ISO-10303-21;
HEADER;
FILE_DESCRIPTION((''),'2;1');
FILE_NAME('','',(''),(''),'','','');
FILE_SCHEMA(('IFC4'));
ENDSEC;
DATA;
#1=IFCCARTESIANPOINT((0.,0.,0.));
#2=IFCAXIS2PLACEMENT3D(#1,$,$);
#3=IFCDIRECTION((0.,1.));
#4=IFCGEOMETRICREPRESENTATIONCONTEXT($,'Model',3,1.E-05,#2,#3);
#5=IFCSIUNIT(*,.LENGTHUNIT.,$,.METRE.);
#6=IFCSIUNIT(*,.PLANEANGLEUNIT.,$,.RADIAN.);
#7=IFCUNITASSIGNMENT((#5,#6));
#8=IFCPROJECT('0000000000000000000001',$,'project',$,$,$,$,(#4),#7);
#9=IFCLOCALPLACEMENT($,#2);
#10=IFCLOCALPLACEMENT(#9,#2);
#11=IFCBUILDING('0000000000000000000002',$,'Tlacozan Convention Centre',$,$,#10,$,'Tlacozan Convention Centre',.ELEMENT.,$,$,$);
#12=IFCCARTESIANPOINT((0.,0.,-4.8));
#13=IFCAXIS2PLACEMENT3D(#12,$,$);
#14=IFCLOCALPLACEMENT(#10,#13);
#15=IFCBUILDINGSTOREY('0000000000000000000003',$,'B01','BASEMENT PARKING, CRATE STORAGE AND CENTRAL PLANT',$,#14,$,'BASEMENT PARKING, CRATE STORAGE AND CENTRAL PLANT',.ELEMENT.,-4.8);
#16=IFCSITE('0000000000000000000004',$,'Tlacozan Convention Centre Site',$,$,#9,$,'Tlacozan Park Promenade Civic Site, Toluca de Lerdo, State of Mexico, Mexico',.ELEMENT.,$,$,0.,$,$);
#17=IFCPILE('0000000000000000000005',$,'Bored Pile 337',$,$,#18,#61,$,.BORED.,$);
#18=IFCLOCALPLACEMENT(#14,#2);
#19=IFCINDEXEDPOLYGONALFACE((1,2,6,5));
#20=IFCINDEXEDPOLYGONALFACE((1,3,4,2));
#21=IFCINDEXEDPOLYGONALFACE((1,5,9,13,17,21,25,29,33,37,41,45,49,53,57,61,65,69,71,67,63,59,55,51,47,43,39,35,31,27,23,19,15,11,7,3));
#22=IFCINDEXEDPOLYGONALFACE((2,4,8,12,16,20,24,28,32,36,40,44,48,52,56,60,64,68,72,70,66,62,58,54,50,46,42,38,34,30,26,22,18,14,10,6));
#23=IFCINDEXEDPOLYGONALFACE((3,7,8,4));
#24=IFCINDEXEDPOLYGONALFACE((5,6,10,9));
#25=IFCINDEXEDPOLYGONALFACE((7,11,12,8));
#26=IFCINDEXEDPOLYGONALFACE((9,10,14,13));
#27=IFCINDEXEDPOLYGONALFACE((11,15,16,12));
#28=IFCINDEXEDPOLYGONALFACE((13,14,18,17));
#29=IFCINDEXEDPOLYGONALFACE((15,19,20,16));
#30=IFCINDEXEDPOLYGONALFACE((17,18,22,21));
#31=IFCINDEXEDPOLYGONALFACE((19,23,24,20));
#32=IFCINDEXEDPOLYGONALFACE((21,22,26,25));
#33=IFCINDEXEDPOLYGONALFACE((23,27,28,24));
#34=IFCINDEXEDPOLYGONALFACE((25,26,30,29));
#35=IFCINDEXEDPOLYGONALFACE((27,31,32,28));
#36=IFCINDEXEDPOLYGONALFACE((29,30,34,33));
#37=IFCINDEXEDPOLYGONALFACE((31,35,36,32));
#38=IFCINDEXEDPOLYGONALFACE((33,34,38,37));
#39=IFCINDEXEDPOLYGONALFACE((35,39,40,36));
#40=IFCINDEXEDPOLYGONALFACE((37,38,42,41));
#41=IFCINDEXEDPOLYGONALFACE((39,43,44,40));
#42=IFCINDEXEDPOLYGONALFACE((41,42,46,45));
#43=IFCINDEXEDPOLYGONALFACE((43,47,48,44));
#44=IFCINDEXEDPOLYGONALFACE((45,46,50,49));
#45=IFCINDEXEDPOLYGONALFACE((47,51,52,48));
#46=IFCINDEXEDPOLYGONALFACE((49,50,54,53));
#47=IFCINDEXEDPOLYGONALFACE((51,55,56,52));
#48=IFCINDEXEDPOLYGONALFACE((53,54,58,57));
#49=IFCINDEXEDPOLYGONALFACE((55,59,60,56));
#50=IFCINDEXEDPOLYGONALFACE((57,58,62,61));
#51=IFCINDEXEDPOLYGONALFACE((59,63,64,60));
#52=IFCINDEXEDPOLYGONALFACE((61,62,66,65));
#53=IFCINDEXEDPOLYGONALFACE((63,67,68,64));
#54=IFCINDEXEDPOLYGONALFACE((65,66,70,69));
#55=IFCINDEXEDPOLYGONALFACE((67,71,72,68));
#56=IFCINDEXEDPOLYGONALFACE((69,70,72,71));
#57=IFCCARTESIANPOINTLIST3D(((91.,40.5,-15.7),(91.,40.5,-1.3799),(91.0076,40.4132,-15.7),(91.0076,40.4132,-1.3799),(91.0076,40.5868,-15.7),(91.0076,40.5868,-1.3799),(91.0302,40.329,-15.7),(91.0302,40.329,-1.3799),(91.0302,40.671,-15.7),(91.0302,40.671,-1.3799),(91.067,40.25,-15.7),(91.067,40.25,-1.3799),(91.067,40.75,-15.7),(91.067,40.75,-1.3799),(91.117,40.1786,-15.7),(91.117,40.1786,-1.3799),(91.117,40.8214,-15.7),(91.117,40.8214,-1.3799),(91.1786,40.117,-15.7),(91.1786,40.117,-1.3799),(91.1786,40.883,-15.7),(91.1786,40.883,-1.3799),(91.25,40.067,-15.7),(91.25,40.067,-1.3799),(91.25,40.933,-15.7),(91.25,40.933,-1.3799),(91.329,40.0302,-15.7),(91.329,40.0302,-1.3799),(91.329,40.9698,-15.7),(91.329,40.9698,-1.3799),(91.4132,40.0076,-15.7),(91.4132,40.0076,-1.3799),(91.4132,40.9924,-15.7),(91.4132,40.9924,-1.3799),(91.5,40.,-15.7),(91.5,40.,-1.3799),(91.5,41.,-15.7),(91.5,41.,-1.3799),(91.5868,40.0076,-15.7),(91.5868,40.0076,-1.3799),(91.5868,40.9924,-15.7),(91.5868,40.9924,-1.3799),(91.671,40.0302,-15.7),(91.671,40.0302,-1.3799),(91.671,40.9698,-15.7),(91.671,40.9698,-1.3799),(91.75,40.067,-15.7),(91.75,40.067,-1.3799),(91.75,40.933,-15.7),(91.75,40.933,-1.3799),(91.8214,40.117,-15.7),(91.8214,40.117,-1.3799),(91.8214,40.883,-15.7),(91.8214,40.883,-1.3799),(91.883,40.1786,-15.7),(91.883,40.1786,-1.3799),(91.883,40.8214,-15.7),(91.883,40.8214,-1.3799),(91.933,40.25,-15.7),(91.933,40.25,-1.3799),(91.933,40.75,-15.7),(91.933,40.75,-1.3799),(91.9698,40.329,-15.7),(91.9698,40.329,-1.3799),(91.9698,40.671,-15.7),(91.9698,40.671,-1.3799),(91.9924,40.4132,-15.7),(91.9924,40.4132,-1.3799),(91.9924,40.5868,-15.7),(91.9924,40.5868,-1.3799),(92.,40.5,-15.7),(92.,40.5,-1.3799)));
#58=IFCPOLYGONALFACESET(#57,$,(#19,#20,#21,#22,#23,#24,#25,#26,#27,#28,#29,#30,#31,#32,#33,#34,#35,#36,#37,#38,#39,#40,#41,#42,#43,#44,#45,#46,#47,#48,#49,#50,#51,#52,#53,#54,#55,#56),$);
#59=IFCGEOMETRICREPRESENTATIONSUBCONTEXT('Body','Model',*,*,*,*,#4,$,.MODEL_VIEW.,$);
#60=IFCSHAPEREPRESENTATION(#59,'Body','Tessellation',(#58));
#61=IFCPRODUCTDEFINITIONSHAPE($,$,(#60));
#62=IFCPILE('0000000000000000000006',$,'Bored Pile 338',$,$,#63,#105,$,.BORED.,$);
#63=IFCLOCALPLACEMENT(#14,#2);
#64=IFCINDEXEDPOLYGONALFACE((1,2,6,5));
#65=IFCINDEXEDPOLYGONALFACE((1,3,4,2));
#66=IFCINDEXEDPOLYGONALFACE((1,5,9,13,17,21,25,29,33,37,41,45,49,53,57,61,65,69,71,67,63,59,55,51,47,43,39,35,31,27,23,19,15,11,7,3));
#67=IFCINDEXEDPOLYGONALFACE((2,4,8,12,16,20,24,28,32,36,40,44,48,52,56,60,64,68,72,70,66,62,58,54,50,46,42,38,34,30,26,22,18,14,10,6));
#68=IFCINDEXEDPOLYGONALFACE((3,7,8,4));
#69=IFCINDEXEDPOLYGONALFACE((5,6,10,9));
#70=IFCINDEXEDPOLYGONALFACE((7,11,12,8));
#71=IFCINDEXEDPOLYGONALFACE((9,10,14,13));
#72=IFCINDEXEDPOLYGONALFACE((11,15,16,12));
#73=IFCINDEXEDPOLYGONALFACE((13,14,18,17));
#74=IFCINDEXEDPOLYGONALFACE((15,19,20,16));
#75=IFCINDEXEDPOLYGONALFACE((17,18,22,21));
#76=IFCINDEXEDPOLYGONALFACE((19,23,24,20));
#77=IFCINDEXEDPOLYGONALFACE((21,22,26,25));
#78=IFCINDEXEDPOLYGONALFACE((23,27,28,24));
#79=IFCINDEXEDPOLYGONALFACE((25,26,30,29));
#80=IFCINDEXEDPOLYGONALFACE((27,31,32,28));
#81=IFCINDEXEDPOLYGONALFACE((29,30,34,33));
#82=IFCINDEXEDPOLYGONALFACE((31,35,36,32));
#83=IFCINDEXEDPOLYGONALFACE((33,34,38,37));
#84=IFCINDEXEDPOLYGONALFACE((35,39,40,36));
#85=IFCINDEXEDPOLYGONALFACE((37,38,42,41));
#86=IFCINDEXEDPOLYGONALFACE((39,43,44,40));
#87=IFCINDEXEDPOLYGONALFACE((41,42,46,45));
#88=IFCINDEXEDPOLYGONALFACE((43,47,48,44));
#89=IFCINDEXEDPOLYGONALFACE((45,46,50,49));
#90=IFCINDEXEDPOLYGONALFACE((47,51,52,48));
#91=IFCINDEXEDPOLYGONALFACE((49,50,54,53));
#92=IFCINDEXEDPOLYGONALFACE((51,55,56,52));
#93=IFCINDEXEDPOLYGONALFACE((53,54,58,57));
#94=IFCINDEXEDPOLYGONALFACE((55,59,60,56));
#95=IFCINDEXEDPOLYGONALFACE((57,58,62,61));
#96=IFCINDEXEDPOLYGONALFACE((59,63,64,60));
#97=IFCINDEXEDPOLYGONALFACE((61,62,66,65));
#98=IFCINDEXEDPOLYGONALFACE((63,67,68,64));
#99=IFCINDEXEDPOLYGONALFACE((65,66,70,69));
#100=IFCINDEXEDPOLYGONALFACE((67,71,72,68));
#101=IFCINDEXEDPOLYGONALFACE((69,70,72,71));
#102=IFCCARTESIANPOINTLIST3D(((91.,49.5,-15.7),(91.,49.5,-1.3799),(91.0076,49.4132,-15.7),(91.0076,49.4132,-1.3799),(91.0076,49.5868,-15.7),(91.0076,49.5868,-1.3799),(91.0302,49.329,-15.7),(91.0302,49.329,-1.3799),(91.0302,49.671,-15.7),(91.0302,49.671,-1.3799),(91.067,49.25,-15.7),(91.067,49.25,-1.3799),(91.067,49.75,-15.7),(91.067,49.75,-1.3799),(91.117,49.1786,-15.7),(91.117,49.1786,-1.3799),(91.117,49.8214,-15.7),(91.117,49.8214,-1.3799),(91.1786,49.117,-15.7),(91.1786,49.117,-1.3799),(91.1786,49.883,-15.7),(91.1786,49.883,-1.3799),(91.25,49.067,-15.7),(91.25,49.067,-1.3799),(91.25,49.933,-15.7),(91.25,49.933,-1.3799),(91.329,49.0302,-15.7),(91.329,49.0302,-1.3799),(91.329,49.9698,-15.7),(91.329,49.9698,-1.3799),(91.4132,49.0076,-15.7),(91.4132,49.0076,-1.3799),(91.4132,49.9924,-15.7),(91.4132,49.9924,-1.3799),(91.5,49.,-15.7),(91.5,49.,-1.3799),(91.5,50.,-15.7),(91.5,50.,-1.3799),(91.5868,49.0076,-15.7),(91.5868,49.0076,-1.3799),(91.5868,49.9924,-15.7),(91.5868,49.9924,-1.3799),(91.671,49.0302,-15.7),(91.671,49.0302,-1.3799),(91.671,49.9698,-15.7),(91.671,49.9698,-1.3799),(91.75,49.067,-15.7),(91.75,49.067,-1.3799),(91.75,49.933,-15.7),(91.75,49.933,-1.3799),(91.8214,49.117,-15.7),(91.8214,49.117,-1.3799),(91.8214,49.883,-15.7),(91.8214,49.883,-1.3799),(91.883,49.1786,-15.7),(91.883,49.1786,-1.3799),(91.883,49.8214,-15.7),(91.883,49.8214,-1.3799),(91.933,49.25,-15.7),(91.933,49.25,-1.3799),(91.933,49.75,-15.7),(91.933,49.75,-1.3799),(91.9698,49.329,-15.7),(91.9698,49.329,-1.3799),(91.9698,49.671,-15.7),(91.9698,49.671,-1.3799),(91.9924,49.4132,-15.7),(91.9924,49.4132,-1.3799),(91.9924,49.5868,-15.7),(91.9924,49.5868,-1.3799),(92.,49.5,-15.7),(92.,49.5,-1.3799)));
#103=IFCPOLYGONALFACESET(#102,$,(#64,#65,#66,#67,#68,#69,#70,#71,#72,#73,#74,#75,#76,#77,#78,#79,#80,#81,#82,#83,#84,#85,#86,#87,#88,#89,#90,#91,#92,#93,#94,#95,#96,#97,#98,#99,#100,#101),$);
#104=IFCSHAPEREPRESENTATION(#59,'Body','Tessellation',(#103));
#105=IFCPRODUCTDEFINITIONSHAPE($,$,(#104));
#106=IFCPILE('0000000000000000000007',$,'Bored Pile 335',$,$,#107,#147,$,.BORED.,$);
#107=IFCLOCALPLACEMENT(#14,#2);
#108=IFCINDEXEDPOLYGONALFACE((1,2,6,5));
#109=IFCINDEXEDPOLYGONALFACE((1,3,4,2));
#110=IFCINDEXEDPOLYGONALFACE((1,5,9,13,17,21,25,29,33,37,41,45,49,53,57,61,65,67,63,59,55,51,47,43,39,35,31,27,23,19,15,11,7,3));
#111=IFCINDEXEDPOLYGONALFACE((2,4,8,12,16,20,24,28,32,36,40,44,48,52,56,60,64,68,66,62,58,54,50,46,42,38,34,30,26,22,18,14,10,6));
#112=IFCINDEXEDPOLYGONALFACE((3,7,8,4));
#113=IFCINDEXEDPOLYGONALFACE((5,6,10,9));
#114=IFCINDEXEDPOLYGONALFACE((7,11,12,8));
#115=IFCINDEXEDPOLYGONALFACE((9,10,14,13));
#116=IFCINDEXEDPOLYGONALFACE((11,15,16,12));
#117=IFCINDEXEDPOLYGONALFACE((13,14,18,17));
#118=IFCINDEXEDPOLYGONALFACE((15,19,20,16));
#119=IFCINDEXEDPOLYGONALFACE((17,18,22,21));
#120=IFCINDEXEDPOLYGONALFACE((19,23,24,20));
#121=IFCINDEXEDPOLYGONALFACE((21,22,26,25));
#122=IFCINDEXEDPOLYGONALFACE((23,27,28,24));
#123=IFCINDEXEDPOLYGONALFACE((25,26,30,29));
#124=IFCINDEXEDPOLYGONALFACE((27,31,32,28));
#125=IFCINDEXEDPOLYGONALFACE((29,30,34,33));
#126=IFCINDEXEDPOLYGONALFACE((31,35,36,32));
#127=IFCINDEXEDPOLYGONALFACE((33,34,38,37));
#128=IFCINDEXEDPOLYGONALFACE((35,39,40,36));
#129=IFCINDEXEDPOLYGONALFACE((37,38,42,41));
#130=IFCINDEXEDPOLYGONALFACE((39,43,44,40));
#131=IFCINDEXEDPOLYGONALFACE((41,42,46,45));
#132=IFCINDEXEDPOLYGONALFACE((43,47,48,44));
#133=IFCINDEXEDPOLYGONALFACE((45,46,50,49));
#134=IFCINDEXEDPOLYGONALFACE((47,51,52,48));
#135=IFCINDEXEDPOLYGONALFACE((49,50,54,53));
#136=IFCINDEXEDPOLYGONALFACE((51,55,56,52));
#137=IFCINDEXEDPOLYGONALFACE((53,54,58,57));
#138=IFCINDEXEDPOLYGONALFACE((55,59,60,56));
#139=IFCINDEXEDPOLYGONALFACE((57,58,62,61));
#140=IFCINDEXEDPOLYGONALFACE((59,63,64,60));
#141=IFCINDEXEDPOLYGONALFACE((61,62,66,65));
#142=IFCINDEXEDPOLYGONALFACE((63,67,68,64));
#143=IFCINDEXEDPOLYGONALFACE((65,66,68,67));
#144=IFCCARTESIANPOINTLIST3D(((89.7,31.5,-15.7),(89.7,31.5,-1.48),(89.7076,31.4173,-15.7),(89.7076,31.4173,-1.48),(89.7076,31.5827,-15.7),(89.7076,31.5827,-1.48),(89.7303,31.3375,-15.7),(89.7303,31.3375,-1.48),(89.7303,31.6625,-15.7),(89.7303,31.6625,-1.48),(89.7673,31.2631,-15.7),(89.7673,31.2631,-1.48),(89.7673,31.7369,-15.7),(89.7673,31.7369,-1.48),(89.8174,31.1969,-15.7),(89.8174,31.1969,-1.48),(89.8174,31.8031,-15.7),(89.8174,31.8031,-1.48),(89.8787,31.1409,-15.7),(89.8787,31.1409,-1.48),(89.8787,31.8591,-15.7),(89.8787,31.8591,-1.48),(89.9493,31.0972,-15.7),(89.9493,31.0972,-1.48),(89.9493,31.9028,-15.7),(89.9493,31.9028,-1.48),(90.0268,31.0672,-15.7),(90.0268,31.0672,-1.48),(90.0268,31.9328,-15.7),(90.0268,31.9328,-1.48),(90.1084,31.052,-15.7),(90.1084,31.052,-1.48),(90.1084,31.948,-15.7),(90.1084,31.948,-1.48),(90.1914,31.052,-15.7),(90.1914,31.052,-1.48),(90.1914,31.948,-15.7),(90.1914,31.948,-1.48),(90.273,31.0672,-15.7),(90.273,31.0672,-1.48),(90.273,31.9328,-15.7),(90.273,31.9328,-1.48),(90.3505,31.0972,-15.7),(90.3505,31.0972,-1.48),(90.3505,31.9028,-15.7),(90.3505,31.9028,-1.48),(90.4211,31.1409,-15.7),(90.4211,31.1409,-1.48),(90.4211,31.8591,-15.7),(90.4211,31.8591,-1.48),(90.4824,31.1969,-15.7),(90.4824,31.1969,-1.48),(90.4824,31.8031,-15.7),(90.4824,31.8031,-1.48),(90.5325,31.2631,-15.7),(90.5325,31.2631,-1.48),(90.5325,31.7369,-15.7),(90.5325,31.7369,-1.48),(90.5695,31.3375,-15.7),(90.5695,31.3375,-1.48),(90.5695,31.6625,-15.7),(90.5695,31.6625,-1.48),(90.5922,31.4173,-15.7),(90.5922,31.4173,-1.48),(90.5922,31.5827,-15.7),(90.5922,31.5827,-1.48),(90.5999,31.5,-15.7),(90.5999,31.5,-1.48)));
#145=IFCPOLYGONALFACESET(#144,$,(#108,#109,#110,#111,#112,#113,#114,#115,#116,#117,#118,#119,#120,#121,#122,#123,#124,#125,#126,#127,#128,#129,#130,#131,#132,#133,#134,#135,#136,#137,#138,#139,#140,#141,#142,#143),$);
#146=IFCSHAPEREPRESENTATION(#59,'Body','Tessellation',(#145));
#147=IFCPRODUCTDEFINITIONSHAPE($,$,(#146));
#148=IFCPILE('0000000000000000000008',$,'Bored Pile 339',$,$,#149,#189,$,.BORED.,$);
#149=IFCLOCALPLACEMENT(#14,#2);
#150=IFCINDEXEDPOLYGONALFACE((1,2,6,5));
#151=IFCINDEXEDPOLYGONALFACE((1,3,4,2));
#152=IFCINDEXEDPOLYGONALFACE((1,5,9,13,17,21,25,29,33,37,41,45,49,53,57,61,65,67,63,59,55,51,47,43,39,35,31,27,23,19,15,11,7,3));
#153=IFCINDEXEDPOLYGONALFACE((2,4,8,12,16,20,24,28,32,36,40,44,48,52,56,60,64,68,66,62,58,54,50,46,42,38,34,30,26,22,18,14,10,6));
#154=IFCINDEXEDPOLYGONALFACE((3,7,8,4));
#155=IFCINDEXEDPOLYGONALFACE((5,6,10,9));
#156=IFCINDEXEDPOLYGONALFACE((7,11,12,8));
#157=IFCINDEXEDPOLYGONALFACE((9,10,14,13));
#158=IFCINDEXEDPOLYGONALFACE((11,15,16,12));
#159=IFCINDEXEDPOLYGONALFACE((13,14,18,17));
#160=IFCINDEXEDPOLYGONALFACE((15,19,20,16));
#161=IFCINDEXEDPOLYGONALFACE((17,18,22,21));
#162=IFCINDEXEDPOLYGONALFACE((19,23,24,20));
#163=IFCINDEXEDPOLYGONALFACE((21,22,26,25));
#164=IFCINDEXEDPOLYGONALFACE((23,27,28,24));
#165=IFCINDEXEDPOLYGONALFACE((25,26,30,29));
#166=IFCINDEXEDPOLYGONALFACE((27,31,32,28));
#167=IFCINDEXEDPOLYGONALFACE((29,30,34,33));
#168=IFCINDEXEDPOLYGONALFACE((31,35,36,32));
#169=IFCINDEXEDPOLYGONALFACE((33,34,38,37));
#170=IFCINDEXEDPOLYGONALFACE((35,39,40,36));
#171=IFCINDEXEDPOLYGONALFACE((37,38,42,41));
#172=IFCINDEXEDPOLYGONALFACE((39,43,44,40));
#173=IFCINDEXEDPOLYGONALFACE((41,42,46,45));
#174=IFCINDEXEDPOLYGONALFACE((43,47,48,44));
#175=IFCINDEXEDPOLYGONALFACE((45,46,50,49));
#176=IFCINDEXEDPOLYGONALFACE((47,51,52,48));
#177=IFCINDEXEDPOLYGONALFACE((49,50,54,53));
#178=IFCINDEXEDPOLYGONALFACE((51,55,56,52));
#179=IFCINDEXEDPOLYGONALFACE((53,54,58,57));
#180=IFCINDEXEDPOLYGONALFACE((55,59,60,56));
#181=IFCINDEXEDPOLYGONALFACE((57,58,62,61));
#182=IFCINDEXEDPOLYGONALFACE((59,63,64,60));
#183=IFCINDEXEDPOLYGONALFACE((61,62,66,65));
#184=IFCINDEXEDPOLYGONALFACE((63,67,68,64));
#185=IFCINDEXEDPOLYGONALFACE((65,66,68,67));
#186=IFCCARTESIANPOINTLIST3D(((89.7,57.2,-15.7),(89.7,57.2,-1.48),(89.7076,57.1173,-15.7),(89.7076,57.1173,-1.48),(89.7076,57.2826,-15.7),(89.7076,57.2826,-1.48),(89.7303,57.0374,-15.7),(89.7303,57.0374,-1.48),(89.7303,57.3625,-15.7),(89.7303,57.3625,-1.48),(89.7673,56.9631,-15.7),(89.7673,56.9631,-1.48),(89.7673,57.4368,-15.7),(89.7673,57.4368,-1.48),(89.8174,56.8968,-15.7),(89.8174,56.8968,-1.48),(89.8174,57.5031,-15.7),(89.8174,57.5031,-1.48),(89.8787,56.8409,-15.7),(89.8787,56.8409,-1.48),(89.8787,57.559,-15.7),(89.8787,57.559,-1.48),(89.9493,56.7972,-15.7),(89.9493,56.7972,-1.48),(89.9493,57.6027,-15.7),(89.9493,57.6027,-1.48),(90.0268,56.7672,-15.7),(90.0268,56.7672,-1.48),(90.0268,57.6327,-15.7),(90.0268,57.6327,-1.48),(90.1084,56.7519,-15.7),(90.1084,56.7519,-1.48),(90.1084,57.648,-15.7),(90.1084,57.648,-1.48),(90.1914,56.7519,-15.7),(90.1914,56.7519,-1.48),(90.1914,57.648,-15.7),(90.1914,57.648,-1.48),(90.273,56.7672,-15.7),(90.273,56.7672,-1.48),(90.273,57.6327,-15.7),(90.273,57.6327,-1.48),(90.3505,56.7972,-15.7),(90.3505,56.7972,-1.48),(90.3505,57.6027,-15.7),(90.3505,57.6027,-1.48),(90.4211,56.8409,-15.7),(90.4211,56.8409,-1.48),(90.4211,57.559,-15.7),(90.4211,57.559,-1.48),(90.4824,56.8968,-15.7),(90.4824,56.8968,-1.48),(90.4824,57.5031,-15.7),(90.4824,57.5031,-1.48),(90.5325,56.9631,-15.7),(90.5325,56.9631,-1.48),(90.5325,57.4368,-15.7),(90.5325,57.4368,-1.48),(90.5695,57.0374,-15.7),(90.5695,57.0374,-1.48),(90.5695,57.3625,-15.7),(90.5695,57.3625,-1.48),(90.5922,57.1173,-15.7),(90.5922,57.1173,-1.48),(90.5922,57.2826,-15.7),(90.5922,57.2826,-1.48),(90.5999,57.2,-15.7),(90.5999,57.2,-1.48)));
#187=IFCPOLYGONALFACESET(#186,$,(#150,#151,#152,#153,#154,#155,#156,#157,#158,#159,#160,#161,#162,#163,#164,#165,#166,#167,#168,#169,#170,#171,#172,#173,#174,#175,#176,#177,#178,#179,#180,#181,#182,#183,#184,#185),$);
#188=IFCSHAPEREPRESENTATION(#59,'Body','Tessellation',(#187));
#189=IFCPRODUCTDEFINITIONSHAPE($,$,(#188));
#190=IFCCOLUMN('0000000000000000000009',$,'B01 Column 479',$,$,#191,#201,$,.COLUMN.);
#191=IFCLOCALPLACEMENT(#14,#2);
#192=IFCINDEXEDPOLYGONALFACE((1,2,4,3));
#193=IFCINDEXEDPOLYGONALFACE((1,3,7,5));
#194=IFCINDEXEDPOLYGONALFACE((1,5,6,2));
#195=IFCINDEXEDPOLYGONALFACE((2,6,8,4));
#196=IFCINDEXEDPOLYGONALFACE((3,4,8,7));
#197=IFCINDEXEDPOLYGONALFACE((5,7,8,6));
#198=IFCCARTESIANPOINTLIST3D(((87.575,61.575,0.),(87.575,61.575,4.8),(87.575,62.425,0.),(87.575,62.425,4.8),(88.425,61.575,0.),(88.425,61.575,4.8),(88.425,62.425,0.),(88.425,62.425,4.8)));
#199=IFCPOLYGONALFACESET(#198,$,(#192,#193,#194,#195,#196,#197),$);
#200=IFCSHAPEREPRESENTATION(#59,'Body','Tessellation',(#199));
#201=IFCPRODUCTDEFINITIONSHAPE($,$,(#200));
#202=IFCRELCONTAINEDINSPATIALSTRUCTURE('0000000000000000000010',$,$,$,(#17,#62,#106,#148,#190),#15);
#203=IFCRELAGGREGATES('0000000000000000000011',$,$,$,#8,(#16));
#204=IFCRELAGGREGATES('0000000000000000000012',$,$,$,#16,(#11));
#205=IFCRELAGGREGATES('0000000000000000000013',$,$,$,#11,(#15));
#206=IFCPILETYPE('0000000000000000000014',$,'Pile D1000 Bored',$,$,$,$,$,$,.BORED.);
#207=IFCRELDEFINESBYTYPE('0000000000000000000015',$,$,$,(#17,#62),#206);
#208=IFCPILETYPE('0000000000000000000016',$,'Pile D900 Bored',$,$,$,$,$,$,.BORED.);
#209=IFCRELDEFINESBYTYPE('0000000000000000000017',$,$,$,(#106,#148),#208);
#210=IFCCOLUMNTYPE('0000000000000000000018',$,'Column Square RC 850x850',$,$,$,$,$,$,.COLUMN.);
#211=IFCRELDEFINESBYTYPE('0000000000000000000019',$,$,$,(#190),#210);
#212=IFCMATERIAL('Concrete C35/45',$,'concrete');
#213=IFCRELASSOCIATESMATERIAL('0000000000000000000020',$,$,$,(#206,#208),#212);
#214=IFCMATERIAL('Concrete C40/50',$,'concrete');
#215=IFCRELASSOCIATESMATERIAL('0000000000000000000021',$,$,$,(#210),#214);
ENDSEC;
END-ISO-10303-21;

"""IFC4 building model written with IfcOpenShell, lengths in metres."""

from ifc_helpers import new_model, si_unit, direction, frame, origin, origin_2d, place, context, subcontext, project, spatial, rectangle, circle, extrude, material, material_profile, profile_set, type_object, element, save


model = new_model("IFC4")

# Units and contexts
model_context = context("Model", 3, precision=1e-05, world=origin(), true_north=direction((0.0, 1.0)))
body_context = subcontext(model_context, "Body", "Model", "MODEL_VIEW")
ifc_project = project(units=[si_unit("LENGTHUNIT", "METRE"), si_unit("PLANEANGLEUNIT", "RADIAN")], contexts=[model_context])

# Site, building, storey
site_placement = place(None, origin())
site = spatial("IfcSite", under=ifc_project, at=site_placement, Name="Tlacozan Convention Centre Site", LongName="Tlacozan Park Promenade Civic Site, Toluca de Lerdo, State of Mexico, Mexico", CompositionType="ELEMENT", RefElevation=0.0)
building_placement = place(site_placement, origin())
building = spatial("IfcBuilding", under=site, at=building_placement, Name="Tlacozan Convention Centre", LongName="Tlacozan Convention Centre", CompositionType="ELEMENT")
storey_placement = place(building_placement, frame((0.0, 0.0, -4.8)))
storey = spatial("IfcBuildingStorey", under=building, at=storey_placement, Name="B01", Description="BASEMENT PARKING, CRATE STORAGE AND CENTRAL PLANT", LongName="BASEMENT PARKING, CRATE STORAGE AND CENTRAL PLANT", CompositionType="ELEMENT", Elevation=-4.8)

# Shared definitions
ifc_material_1 = material(Name="Concrete C35/45", Category="concrete")

# Piles
ifc_material_profile_1 = material_profile(ifc_material_1, circle(Radius=0.5, at=origin_2d()), Name="PILE D1000")
ifc_profile_set_1 = profile_set([ifc_material_profile_1], Name="Concrete C35/45")
pile_type_1 = type_object("IfcPileType", Name="Pile D1000 Bored", PredefinedType="BORED", material=ifc_profile_set_1)
for number, where, z_axis, x_axis, name in (
    (1, (91.5, 40.5, -1.3799), (0.0, 0.0, -1.0), (1.0, 0.0, 0.0), "Bored Pile 337"),
    (2, (91.5, 49.5, -1.3799), (0.0, 0.0, -1.0), (1.0, 0.0, 0.0), "Bored Pile 338"),
):
    element("IfcPile", number, at=place(storey_placement, frame(where, z_axis=z_axis, x_axis=x_axis)), inside=storey, type_object=pile_type_1, Name=name, PredefinedType="BORED", context=body_context, shape_type="SweptSolid", body=[
        extrude(circle(Radius=0.5, at=origin_2d()), origin(), (0.0, 0.0, 1.0), 14.3201),
    ])
ifc_material_profile_2 = material_profile(ifc_material_1, circle(Radius=0.45, at=origin_2d()), Name="PILE D900")
ifc_profile_set_2 = profile_set([ifc_material_profile_2], Name="Concrete C35/45")
pile_type_2 = type_object("IfcPileType", Name="Pile D900 Bored", PredefinedType="BORED", material=ifc_profile_set_2)
for number, where, z_axis, x_axis, name in (
    (3, (90.1499, 31.5, -1.48), (0.0, 0.0, -1.0), (1.0, 0.0, 0.0), "Bored Pile 335"),
    (4, (90.1499, 57.2, -1.48), (0.0, 0.0, -1.0), (1.0, 0.0, 0.0), "Bored Pile 339"),
):
    element("IfcPile", number, at=place(storey_placement, frame(where, z_axis=z_axis, x_axis=x_axis)), inside=storey, type_object=pile_type_2, Name=name, PredefinedType="BORED", context=body_context, shape_type="SweptSolid", body=[
        extrude(circle(Radius=0.45, at=origin_2d()), origin(), (0.0, 0.0, 1.0), 14.22),
    ])

# Column
ifc_material_2 = material(Name="Concrete C40/50", Category="concrete")
ifc_material_profile_3 = material_profile(ifc_material_2, rectangle(XDim=0.8501, YDim=0.8501, at=origin_2d()), Name="RC 850x850")
ifc_profile_set_3 = profile_set([ifc_material_profile_3], Name="Concrete C40/50")
column_type = type_object("IfcColumnType", Name="Column Square RC 850x850", PredefinedType="COLUMN", material=ifc_profile_set_3)
for number, where, z_axis, x_axis, name in (
    (5, (88.0, 62.0, 0.0), (0.0, 0.0, 1.0), (1.0, 0.0, 0.0), "B01 Column 479"),
):
    element("IfcColumn", number, at=place(storey_placement, frame(where, z_axis=z_axis, x_axis=x_axis)), inside=storey, type_object=column_type, Name=name, PredefinedType="COLUMN", context=body_context, shape_type="SweptSolid", body=[
        extrude(rectangle(XDim=0.8501, YDim=0.8501, at=origin_2d()), origin(), (0.0, 0.0, 1.0), 4.8),
    ])

save(model, "model.ifc")
